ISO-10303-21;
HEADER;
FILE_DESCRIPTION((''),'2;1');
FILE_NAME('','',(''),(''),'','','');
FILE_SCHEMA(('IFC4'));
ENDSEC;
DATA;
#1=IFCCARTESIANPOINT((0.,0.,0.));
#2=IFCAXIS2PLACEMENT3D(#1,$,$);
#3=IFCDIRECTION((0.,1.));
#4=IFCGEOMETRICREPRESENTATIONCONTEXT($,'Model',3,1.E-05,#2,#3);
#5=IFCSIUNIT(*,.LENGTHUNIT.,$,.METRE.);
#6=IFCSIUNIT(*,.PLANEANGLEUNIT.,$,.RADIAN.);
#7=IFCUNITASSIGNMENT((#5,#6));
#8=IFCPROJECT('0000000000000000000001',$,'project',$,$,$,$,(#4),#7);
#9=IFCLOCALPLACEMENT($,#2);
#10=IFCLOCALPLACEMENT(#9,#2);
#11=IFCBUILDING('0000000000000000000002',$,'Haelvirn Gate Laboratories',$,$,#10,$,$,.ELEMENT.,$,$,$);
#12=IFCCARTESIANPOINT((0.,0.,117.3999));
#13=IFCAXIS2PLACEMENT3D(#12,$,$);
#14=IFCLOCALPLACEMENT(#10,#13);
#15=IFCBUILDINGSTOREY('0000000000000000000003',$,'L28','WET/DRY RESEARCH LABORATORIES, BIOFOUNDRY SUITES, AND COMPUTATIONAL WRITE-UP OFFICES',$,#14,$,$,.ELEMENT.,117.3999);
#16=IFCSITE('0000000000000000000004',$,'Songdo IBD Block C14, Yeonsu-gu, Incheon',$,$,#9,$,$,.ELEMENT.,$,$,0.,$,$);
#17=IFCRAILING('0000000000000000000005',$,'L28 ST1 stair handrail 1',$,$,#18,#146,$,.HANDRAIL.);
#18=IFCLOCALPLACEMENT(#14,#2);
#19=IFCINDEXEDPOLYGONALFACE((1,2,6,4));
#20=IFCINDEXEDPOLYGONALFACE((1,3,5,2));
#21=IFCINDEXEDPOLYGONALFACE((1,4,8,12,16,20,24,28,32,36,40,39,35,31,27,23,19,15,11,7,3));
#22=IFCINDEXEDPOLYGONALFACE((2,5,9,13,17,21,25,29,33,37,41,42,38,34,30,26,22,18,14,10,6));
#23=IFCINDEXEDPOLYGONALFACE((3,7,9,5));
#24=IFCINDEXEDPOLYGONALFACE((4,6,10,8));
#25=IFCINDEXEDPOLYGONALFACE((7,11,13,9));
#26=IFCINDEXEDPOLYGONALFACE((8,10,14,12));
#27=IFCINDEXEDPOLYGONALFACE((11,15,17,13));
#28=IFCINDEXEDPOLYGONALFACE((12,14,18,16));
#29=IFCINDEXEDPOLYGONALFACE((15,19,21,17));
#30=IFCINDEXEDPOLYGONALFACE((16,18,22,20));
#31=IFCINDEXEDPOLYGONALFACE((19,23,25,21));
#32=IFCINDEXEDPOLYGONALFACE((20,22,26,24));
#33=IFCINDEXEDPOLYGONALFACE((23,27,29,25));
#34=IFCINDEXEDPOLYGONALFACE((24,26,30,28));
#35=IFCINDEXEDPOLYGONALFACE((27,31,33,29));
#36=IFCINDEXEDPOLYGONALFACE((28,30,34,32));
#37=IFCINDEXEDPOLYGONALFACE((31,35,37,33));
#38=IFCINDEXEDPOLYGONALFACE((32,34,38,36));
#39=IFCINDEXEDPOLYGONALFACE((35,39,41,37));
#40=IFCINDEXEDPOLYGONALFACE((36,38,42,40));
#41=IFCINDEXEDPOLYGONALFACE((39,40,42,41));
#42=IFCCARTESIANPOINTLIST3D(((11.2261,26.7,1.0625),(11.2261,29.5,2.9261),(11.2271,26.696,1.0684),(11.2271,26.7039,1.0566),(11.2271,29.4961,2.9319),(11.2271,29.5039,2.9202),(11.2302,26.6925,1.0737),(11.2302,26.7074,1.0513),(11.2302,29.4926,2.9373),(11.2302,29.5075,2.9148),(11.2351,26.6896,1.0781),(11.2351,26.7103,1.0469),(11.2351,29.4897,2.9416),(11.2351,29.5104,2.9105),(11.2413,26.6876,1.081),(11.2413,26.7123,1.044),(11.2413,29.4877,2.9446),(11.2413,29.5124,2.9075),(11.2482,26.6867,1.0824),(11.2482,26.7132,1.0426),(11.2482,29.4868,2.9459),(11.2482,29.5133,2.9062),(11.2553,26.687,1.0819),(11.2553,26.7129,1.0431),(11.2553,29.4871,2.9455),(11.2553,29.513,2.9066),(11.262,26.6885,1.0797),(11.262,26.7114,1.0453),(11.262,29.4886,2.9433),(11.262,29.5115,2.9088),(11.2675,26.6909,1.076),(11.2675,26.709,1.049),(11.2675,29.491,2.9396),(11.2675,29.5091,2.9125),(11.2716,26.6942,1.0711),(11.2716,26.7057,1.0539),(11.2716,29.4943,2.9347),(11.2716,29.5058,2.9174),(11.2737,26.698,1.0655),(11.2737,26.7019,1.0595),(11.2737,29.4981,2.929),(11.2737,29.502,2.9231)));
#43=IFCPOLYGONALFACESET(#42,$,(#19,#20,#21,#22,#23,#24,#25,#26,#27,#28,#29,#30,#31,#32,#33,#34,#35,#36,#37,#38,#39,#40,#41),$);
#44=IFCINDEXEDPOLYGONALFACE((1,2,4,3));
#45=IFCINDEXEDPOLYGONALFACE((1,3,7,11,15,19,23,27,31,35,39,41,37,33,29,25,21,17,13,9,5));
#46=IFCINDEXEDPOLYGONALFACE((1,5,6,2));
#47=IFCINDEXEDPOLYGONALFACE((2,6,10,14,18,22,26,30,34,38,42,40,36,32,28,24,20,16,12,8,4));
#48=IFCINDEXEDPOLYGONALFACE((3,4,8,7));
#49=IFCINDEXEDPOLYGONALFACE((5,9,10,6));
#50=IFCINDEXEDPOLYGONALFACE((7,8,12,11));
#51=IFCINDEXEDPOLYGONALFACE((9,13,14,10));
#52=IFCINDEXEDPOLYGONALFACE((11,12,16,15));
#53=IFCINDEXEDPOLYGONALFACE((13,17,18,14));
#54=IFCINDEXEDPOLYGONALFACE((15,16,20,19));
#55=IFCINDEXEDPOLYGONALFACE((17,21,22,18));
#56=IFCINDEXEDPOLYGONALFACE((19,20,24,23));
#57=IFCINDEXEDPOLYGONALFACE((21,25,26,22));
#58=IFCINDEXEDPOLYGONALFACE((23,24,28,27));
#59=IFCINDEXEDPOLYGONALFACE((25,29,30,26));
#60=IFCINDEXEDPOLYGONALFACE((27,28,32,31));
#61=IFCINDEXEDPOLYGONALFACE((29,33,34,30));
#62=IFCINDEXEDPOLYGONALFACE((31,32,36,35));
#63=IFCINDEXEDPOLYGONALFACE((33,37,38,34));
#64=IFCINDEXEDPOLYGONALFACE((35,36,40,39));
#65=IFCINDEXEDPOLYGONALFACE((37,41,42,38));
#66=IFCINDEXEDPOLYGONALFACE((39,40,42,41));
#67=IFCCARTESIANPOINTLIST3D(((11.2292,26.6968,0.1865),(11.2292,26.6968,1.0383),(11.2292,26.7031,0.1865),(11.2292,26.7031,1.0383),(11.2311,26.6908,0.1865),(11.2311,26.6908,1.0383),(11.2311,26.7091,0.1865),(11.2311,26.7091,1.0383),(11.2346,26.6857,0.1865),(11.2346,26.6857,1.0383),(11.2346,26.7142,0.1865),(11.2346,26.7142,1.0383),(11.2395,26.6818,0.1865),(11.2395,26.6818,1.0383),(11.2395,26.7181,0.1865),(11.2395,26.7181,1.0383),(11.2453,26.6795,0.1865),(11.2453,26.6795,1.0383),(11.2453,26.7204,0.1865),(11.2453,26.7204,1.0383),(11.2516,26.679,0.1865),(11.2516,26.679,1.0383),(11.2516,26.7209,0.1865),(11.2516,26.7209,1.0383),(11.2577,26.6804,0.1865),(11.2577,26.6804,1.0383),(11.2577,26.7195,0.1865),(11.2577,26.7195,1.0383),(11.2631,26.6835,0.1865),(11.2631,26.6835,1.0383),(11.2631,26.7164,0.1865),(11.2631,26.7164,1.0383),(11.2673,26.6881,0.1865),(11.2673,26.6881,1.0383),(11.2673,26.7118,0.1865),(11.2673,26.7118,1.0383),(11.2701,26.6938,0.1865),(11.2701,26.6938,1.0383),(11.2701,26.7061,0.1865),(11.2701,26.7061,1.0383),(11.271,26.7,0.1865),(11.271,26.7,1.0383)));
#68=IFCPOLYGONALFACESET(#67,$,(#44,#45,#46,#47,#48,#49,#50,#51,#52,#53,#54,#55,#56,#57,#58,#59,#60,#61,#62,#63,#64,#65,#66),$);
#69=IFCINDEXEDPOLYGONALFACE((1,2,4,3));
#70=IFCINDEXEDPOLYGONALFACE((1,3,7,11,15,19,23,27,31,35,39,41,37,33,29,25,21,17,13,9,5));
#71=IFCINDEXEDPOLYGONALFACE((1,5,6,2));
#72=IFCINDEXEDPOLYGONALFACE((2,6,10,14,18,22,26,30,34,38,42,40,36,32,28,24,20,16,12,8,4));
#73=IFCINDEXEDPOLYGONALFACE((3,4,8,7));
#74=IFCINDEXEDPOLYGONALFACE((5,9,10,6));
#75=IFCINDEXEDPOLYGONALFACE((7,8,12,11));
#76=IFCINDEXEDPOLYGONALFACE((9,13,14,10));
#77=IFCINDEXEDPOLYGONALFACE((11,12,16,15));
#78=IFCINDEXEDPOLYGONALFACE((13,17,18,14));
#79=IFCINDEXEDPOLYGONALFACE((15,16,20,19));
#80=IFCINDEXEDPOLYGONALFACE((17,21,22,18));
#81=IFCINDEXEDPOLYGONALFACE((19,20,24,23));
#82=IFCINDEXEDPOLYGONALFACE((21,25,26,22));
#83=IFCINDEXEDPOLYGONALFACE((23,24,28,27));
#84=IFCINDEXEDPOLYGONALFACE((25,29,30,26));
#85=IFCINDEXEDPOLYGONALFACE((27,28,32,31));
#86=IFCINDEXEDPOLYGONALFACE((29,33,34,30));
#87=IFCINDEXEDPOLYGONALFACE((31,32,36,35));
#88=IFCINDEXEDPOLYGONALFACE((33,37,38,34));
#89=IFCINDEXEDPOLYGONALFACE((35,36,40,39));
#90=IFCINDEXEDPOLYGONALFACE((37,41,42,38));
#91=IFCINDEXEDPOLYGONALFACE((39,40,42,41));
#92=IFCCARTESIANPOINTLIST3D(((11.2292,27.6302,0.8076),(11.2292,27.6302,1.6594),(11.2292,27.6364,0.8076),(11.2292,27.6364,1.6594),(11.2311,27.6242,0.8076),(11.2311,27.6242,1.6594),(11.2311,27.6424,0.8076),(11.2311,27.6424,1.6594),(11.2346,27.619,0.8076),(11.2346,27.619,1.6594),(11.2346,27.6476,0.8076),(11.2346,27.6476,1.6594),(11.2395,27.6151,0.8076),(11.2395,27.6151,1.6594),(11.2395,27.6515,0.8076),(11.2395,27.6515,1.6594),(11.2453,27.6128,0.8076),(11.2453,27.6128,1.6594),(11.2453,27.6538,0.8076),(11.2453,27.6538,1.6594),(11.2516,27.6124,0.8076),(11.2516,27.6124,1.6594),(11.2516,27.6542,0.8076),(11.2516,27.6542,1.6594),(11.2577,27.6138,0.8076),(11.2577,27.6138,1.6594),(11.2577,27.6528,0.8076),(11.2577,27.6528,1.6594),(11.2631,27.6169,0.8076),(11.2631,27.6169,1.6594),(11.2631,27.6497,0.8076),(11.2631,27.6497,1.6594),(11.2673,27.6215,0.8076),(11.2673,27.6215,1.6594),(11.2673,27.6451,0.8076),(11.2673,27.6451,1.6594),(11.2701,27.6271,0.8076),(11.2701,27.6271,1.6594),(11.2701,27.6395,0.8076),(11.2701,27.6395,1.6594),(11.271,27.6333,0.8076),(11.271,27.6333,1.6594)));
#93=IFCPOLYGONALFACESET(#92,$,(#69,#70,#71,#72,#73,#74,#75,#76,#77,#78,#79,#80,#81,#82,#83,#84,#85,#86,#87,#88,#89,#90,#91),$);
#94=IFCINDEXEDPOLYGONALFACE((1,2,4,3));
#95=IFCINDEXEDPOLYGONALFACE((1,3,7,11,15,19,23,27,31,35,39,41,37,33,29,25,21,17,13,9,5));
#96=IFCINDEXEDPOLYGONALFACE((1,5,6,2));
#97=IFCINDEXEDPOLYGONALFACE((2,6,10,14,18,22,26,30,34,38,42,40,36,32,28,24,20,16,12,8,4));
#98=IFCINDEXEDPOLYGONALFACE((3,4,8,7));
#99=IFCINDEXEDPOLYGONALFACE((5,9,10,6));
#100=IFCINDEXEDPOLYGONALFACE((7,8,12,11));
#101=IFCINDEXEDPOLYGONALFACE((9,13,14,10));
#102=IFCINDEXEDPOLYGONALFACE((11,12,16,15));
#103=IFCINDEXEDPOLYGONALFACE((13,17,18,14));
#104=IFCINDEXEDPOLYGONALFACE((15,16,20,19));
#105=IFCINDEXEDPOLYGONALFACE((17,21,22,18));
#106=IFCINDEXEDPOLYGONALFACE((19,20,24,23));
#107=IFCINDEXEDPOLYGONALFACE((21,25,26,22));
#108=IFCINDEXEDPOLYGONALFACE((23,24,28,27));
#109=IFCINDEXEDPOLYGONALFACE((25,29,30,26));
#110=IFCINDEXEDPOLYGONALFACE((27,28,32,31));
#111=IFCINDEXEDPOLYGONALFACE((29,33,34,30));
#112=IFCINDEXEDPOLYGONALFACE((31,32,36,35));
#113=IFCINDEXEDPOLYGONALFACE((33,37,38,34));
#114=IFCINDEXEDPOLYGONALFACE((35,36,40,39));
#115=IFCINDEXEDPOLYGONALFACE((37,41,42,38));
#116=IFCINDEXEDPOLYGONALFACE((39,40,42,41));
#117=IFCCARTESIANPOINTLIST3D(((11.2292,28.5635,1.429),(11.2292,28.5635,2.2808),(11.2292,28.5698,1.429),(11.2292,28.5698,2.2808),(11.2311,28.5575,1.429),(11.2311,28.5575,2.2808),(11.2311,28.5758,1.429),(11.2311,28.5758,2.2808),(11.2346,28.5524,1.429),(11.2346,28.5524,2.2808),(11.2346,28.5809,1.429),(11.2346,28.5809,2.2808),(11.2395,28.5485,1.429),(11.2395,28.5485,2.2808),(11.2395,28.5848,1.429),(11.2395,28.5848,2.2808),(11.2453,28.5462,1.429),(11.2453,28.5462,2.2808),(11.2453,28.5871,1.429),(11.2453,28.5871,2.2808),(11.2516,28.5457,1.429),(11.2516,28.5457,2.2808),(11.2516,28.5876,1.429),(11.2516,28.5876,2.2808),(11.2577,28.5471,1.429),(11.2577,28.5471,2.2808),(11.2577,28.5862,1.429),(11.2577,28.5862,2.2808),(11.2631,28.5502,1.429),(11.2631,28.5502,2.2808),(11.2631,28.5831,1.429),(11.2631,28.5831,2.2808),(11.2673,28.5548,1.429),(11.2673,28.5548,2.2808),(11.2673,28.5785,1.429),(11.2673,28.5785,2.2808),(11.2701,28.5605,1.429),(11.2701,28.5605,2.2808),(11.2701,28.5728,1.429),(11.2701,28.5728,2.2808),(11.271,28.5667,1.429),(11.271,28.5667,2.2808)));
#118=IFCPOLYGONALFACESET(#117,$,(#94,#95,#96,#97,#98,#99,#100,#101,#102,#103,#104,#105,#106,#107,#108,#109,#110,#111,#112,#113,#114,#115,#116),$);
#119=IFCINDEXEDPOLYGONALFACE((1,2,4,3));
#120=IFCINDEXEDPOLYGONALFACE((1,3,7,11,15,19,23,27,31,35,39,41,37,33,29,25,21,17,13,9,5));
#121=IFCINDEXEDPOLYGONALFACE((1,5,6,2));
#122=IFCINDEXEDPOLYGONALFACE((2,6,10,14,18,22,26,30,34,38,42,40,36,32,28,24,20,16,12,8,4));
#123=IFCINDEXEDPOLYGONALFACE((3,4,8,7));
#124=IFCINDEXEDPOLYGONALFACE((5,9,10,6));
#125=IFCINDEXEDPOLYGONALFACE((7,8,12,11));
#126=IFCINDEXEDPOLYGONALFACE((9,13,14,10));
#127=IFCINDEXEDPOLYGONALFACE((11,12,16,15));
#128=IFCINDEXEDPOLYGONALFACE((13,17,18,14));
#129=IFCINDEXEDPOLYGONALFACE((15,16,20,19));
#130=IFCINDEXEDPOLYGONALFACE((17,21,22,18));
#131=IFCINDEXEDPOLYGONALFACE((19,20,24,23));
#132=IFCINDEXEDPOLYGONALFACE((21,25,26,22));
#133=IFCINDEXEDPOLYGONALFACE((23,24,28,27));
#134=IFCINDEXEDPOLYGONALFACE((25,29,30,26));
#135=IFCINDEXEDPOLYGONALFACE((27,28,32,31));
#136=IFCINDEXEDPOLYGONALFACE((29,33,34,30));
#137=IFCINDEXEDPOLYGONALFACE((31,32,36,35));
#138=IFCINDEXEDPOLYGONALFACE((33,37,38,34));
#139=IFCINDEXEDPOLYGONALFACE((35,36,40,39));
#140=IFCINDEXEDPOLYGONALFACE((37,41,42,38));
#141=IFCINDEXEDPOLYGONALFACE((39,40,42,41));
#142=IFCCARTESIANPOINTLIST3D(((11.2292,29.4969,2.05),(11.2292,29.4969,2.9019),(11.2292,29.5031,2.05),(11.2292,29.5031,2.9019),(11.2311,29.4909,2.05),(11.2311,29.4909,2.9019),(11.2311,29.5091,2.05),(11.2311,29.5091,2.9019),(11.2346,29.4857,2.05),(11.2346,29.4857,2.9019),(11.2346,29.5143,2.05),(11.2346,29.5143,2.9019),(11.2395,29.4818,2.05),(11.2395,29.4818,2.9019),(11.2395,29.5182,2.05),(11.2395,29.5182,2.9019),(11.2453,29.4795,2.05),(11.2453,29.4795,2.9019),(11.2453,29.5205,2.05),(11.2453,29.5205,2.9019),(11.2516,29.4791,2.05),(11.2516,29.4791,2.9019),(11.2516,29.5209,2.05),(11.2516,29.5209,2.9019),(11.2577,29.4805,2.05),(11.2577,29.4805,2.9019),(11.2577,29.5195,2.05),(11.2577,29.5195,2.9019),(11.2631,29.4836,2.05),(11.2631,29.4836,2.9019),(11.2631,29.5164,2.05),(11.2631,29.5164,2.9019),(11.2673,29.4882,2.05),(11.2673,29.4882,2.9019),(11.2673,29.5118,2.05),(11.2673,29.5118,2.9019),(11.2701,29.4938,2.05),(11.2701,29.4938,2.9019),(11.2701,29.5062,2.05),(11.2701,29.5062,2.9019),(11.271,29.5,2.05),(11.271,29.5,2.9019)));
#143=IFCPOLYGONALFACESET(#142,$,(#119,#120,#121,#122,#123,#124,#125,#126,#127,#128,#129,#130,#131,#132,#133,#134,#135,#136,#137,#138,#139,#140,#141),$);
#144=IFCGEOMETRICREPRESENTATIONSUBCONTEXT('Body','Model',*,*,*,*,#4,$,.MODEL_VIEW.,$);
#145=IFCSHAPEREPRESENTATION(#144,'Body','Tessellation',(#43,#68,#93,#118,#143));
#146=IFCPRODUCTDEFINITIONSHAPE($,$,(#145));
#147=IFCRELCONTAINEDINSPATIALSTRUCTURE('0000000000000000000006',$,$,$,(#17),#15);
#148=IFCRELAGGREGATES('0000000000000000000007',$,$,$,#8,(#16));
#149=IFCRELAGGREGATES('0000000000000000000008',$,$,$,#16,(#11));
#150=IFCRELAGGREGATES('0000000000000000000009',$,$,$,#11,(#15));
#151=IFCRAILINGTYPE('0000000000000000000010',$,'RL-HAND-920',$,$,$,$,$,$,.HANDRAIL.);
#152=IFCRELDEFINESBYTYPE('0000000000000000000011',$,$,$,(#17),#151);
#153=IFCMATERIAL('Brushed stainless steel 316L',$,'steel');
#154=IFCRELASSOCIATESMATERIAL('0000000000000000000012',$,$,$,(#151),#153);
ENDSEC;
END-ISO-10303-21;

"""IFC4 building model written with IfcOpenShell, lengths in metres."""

from ifc_helpers import new_model, si_unit, direction, frame, origin, origin_2d, place, context, subcontext, project, spatial, circle, extrude, source, transform, mapped, material, type_object, element, save


model = new_model("IFC4")

# Units and contexts
model_context = context("Model", 3, precision=1e-05, world=origin(), true_north=direction((0.0, 1.0)))
body_context = subcontext(model_context, "Body", "Model", "MODEL_VIEW")
ifc_project = project(units=[si_unit("LENGTHUNIT", "METRE"), si_unit("PLANEANGLEUNIT", "RADIAN")], contexts=[model_context])

# Site, building, storey
site_placement = place(None, origin())
site = spatial("IfcSite", under=ifc_project, at=site_placement, Name="Songdo IBD Block C14, Yeonsu-gu, Incheon", CompositionType="ELEMENT", RefElevation=0.0)
building_placement = place(site_placement, origin())
building = spatial("IfcBuilding", under=site, at=building_placement, Name="Haelvirn Gate Laboratories", CompositionType="ELEMENT")
storey_placement = place(building_placement, frame((0.0, 0.0, 117.3999)))
storey = spatial("IfcBuildingStorey", under=building, at=storey_placement, Name="L28", Description="WET/DRY RESEARCH LABORATORIES, BIOFOUNDRY SUITES, AND COMPUTATIONAL WRITE-UP OFFICES", CompositionType="ELEMENT", Elevation=117.3999)

# Railing
ifc_material_1 = material(Name="Brushed stainless steel 316L", Category="steel")
railing_type_1 = type_object("IfcRailingType", Name="RL-HAND-920", PredefinedType="HANDRAIL", material=ifc_material_1)
shared_shape_1 = source(origin(), body_context, "Body", "SweptSolid", [
    extrude(circle(Radius=0.0239, at=origin_2d()), frame((0.0, 0.0, 0.876), z_axis=(0.0, 0.832486, 0.554047), x_axis=(-1.0, 0.0, 0.0)), (0.0, 0.0, 1.0), 3.3635),
    extrude(circle(Radius=0.021, at=origin_2d()), origin(), (0.0, 0.0, 1.0), 0.8518),
    extrude(circle(Radius=0.021, at=origin_2d()), frame((0.0, 0.9333, 0.6211)), (0.0, 0.0, 1.0), 0.8518),
    extrude(circle(Radius=0.021, at=origin_2d()), frame((0.0, 1.8667, 1.2424)), (0.0, 0.0, 1.0), 0.8518),
    extrude(circle(Radius=0.021, at=origin_2d()), frame((0.0, 2.8, 1.8635)), (0.0, 0.0, 1.0), 0.8518),
])
railing_1_placement = place(storey_placement, frame((11.25, 26.7, 0.1865)))
element("IfcRailing", 1, at=railing_1_placement, inside=storey, type_object=railing_type_1, Name="L28 ST1 stair handrail 1", PredefinedType="HANDRAIL", context=body_context, shape_type="MappedRepresentation", body=[
    mapped(shared_shape_1, transform((0.0, 0.0, 0.0), scale=1.0)),
])

save(model, "model.ifc")
